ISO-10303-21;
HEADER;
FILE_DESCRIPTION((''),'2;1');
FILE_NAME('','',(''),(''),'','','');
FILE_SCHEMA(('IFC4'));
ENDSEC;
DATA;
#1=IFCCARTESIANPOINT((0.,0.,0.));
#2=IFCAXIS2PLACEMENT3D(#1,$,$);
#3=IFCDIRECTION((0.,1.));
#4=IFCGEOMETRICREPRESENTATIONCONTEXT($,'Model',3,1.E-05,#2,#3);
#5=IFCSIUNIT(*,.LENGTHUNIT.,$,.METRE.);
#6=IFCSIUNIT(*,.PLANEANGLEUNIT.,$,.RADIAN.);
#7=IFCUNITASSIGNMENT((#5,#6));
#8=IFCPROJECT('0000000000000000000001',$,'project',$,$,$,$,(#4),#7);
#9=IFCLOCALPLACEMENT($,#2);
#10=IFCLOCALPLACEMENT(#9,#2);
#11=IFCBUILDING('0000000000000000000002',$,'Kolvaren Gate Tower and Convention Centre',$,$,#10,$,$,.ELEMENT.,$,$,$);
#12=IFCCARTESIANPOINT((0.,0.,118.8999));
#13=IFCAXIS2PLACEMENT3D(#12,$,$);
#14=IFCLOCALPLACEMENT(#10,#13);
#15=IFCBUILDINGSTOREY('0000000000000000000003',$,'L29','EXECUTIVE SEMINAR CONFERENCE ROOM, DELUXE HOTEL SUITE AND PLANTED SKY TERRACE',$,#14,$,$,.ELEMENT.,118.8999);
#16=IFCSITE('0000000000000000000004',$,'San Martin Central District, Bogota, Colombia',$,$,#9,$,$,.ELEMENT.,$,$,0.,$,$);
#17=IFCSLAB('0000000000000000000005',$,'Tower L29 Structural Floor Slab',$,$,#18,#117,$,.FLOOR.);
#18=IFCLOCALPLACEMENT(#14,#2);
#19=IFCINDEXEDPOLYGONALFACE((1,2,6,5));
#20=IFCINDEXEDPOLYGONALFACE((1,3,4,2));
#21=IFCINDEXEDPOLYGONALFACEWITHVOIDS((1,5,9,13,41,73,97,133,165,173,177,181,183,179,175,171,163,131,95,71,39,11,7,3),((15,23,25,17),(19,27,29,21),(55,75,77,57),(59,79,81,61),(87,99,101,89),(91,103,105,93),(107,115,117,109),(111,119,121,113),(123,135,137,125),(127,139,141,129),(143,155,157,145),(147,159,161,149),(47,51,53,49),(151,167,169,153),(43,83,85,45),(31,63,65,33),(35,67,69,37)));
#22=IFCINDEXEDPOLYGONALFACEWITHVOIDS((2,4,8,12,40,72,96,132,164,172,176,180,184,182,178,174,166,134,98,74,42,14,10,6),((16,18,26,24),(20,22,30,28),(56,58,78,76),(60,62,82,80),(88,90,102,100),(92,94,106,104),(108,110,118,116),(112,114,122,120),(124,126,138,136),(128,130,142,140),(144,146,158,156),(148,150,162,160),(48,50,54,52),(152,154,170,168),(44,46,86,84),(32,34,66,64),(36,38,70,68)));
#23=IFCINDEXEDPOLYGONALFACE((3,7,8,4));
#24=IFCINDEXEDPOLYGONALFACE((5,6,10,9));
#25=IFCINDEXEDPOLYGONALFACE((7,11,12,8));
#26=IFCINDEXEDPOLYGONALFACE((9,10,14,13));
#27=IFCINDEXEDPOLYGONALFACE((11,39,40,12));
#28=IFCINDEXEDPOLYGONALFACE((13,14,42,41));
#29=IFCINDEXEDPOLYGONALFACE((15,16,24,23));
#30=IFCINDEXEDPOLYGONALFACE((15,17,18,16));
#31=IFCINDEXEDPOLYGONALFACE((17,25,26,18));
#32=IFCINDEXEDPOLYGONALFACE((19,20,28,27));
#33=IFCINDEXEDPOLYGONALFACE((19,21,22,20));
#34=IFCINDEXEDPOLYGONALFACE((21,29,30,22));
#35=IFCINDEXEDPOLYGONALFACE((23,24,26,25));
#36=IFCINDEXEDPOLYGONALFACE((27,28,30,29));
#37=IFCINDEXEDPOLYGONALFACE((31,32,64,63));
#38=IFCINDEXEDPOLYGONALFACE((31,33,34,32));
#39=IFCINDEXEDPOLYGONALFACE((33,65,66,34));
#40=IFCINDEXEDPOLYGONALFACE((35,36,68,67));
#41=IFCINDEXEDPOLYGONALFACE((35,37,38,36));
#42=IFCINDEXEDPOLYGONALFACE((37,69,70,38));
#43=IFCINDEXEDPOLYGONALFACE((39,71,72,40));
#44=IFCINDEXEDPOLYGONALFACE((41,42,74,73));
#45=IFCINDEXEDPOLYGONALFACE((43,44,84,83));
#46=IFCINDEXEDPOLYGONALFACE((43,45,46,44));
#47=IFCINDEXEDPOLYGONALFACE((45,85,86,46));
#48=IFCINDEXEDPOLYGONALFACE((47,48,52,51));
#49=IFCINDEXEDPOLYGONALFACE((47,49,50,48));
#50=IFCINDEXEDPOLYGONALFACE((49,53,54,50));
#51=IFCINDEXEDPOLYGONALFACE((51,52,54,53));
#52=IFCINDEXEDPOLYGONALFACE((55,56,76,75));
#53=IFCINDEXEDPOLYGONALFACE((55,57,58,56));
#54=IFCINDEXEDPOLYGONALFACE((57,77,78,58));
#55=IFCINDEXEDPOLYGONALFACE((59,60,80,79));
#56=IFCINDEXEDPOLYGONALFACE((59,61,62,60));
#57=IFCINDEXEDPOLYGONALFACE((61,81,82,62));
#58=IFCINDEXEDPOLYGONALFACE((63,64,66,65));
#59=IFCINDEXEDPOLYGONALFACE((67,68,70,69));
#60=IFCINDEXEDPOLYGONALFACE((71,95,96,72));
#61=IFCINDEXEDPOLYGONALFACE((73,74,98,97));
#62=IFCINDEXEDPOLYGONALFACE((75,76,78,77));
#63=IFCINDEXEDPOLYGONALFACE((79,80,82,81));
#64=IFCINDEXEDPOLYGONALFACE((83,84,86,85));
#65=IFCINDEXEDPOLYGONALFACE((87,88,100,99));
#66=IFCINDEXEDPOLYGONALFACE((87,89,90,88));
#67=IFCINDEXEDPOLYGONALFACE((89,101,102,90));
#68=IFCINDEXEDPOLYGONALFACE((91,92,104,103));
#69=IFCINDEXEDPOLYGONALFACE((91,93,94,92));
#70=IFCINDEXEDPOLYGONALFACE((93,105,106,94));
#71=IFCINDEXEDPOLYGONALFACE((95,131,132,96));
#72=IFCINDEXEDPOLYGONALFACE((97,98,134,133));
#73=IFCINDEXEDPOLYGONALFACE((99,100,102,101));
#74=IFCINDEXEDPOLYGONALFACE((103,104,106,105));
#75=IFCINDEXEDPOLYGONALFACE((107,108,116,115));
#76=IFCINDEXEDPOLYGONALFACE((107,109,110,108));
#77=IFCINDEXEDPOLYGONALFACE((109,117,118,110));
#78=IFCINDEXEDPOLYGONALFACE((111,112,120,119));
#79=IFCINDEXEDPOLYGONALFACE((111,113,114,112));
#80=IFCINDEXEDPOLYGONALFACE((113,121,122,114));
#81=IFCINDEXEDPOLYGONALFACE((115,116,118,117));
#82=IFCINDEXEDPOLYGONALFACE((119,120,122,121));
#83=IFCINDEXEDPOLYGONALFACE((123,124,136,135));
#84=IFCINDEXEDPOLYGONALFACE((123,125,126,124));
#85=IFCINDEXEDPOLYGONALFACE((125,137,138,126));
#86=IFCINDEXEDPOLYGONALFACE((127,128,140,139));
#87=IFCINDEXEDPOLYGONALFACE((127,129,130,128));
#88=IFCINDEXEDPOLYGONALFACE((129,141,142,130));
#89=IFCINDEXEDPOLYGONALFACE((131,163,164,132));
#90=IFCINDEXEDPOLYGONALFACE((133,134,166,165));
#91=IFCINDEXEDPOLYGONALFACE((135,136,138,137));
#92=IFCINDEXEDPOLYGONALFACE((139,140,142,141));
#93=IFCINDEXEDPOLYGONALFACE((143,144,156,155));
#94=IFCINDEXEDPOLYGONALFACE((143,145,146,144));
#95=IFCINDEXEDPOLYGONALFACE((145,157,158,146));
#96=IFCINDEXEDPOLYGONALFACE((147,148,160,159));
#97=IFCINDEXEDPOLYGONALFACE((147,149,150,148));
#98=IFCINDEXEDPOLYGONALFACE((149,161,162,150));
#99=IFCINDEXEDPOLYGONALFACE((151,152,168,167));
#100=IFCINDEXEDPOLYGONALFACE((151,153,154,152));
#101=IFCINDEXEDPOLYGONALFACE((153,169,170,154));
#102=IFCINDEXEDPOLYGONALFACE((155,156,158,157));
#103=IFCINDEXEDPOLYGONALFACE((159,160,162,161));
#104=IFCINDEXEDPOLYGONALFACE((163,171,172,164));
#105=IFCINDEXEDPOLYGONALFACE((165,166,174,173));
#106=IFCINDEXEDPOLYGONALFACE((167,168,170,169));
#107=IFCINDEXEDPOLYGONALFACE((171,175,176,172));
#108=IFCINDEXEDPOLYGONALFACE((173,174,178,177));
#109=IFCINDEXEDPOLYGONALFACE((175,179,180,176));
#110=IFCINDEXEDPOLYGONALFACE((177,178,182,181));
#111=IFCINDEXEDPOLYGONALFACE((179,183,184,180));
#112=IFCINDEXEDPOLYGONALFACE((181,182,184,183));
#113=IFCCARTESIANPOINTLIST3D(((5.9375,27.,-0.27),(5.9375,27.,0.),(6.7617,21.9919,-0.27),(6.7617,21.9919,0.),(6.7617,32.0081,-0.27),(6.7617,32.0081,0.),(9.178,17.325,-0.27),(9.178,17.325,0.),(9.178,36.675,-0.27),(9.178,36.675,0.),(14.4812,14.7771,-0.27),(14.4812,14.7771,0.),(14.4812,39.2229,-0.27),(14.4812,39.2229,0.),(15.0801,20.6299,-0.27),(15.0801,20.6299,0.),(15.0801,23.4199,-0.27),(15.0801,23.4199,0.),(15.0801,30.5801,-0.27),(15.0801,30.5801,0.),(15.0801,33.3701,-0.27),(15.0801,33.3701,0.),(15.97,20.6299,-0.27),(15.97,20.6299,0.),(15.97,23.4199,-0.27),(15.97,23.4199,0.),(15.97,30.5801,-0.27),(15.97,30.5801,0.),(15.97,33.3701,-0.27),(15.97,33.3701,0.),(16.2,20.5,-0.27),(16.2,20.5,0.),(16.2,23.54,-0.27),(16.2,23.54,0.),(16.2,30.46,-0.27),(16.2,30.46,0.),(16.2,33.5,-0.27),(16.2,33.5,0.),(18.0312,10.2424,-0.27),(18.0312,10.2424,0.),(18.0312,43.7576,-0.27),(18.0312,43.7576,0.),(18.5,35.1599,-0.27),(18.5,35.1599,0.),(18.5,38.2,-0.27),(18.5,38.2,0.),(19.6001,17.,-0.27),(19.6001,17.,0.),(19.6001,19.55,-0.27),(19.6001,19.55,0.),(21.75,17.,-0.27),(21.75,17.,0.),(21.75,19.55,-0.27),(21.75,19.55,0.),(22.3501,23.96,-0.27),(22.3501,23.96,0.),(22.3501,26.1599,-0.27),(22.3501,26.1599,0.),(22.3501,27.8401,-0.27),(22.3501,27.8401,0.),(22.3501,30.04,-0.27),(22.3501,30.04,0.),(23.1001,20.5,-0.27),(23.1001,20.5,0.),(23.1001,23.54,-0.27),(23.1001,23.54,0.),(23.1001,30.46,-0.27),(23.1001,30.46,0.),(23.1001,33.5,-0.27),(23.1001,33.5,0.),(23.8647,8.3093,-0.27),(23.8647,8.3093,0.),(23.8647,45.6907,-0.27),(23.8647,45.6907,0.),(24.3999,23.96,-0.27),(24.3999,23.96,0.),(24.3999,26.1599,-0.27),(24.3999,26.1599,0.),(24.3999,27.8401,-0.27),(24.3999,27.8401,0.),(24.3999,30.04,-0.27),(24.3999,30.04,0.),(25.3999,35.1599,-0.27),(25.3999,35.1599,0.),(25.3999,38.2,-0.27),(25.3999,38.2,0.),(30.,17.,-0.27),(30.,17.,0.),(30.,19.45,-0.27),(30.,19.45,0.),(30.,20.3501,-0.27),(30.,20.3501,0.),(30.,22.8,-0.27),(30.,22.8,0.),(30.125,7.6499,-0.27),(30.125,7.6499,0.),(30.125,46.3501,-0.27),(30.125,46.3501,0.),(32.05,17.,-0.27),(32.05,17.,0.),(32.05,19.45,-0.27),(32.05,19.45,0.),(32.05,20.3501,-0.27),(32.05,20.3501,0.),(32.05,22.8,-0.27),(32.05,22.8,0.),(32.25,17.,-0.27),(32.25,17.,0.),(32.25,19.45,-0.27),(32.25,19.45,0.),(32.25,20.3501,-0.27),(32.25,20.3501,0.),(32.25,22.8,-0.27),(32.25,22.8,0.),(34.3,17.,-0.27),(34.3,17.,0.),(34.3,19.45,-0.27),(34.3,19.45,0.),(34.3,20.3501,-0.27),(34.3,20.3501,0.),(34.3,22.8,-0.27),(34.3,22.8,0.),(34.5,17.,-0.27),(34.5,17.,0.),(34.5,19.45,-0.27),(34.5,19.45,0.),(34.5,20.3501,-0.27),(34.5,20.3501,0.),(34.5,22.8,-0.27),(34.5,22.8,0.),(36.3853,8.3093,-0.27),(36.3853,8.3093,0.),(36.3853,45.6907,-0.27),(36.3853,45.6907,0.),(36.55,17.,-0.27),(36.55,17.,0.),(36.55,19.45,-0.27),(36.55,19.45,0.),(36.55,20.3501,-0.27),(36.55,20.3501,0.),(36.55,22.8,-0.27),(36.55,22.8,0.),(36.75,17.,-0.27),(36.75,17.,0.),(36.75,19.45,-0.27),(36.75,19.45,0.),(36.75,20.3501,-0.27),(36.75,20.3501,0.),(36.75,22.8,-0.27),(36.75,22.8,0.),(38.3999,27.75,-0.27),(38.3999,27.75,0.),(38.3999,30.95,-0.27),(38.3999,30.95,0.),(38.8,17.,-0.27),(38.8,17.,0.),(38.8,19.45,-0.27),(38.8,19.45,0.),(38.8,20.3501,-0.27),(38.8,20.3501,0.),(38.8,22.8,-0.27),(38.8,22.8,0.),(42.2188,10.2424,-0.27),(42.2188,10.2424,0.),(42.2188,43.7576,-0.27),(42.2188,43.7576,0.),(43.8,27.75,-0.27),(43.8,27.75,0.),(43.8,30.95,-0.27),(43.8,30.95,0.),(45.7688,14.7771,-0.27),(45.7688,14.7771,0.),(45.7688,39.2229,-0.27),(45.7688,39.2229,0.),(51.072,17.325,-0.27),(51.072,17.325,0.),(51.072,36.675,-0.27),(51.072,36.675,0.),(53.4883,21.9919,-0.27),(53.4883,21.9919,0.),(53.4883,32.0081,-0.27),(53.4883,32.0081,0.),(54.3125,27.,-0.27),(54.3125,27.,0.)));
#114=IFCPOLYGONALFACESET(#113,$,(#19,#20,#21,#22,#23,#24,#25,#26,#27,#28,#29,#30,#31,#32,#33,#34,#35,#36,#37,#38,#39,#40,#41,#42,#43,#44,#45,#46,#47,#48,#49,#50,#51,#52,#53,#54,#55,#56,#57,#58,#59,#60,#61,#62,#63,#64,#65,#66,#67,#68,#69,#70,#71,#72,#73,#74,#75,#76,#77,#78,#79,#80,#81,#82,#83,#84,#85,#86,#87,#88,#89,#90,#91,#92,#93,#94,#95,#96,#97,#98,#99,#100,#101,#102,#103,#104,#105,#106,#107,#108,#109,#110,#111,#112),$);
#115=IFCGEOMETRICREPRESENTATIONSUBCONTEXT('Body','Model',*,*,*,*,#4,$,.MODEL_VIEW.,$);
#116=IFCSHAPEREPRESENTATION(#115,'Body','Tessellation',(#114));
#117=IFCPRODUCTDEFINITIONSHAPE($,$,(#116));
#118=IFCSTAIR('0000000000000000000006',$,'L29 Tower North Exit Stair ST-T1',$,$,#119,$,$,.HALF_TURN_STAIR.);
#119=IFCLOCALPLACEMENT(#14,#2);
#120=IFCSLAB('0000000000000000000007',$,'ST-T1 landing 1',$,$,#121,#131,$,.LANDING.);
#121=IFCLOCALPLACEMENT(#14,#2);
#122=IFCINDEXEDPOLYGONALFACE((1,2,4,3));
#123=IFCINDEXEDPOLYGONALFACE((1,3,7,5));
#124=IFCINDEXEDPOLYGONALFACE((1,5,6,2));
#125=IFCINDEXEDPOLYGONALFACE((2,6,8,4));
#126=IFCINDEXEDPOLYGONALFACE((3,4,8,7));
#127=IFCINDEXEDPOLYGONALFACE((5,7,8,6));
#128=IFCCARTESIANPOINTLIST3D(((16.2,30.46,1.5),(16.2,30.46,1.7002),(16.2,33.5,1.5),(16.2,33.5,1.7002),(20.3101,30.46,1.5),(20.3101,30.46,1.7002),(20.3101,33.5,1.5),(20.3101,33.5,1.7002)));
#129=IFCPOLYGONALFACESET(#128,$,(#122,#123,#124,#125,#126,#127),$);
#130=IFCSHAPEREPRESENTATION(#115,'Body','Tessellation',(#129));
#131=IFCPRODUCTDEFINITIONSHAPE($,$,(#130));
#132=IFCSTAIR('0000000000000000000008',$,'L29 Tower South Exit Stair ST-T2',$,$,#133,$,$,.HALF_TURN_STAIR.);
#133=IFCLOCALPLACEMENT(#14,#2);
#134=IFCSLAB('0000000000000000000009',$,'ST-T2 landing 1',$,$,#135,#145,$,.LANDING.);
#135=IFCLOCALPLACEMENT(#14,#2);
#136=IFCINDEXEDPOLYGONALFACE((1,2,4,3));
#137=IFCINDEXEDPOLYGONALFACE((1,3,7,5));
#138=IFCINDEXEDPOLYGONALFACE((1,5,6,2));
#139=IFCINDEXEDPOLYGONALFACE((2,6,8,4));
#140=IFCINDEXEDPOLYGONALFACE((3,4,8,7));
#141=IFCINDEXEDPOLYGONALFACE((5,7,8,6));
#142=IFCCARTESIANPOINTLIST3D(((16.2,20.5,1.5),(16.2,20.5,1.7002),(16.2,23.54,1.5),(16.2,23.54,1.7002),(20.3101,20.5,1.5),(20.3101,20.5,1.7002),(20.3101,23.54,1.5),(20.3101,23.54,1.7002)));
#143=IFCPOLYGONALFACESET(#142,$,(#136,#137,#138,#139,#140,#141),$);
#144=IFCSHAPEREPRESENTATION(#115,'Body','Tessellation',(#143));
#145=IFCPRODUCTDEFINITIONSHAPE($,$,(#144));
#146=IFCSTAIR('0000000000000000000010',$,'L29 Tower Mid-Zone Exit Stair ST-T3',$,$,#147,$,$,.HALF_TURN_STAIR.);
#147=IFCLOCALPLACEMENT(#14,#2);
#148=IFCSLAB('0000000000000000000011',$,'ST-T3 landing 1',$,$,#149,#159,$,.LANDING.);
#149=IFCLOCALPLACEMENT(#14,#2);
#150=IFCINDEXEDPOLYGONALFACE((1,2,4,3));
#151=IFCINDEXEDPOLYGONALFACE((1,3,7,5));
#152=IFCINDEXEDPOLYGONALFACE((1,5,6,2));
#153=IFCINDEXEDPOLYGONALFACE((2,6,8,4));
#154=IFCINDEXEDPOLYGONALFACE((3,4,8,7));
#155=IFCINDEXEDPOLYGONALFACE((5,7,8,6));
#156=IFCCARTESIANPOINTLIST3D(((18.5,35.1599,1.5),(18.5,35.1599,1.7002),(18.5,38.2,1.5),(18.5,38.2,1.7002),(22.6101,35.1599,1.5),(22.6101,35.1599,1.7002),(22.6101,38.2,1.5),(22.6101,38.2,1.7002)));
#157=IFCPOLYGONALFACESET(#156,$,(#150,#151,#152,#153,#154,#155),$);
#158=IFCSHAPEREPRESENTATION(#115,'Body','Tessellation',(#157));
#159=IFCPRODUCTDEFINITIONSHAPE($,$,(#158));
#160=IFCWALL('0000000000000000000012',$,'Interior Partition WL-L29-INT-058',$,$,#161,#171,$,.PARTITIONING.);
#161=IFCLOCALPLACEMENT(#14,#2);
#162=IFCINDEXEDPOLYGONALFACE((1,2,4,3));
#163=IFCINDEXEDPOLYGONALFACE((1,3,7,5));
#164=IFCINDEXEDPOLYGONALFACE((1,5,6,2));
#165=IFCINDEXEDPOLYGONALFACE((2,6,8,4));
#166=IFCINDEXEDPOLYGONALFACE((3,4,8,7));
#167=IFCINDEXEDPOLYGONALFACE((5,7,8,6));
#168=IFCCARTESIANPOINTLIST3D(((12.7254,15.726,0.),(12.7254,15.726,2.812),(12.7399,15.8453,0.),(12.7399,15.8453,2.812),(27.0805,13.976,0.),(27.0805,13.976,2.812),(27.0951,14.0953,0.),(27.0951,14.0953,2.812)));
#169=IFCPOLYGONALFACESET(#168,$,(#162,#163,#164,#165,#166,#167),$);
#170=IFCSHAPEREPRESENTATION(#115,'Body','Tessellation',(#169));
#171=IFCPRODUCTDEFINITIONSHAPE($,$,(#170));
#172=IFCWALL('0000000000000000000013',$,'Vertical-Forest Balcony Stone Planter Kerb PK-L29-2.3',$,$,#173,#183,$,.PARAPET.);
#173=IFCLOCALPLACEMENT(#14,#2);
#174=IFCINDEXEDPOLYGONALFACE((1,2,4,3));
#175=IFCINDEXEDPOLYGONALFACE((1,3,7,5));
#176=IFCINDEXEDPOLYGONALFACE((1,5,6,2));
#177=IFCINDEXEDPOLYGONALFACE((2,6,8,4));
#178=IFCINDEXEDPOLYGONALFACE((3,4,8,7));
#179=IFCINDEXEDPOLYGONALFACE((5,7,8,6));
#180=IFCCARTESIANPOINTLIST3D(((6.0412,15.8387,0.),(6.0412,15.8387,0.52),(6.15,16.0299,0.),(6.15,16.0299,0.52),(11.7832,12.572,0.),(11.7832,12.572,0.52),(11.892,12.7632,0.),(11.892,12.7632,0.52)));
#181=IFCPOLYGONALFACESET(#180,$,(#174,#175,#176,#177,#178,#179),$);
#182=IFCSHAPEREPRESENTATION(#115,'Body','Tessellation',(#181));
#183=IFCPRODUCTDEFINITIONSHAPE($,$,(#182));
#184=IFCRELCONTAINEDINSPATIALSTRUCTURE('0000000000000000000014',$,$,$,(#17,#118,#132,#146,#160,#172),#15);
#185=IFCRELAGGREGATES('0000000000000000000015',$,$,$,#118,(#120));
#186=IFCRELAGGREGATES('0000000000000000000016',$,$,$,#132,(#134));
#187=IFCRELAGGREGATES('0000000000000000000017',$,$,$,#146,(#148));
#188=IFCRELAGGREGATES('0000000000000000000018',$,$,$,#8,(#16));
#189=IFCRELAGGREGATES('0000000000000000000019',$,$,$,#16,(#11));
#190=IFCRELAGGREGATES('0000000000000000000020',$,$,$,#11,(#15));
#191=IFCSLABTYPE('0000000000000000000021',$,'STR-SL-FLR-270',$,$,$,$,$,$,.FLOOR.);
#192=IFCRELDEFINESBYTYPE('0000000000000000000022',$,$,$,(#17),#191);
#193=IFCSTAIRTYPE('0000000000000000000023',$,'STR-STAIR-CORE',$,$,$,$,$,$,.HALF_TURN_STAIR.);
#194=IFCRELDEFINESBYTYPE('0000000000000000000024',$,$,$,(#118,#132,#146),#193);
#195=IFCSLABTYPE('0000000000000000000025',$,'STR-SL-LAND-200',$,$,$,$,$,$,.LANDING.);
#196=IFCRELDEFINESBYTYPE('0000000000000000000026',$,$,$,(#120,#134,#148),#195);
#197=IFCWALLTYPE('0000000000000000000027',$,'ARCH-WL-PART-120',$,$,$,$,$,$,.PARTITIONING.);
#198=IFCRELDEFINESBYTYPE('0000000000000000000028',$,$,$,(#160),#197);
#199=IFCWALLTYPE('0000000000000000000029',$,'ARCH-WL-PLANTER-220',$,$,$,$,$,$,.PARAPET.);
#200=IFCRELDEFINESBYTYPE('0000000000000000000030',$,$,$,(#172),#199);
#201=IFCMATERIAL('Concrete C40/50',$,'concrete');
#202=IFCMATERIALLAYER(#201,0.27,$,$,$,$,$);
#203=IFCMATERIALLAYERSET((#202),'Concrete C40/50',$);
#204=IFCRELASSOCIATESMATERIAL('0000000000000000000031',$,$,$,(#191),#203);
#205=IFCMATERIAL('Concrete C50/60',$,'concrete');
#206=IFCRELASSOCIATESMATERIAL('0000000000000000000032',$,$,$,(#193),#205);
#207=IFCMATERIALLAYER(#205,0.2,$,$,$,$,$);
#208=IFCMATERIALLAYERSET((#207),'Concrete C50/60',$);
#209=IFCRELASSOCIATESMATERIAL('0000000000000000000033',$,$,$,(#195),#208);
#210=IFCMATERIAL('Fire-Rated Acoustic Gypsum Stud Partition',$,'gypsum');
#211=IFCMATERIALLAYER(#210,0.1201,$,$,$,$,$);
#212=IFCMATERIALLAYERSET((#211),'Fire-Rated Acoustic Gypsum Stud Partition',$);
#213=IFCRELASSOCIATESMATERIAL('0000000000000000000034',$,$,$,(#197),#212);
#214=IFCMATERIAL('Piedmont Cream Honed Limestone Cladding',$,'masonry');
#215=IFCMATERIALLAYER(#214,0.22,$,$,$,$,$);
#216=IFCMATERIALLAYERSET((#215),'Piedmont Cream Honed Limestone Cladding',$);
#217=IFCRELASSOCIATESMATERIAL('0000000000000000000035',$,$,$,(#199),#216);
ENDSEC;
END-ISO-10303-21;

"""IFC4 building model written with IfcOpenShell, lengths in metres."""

from ifc_helpers import new_model, si_unit, direction, frame, frame_2d, origin, place, context, subcontext, project, spatial, polyline, rectangle, outline, extrude, material, layer, layer_set, type_object, element, aggregate, save


model = new_model("IFC4")

# Units and contexts
model_context = context("Model", 3, precision=1e-05, world=origin(), true_north=direction((0.0, 1.0)))
body_context = subcontext(model_context, "Body", "Model", "MODEL_VIEW")
ifc_project = project(units=[si_unit("LENGTHUNIT", "METRE"), si_unit("PLANEANGLEUNIT", "RADIAN")], contexts=[model_context])

# Site, building, storey
site_placement = place(None, origin())
site = spatial("IfcSite", under=ifc_project, at=site_placement, Name="San Martin Central District, Bogota, Colombia", CompositionType="ELEMENT", RefElevation=0.0)
building_placement = place(site_placement, origin())
building = spatial("IfcBuilding", under=site, at=building_placement, Name="Kolvaren Gate Tower and Convention Centre", CompositionType="ELEMENT")
storey_placement = place(building_placement, frame((0.0, 0.0, 118.8999)))
storey = spatial("IfcBuildingStorey", under=building, at=storey_placement, Name="L29", Description="EXECUTIVE SEMINAR CONFERENCE ROOM, DELUXE HOTEL SUITE AND PLANTED SKY TERRACE", CompositionType="ELEMENT", Elevation=118.8999)

# Slab
ifc_material_1 = material(Name="Concrete C50/60", Category="concrete")
ifc_material_2 = material(Name="Concrete C40/50", Category="concrete")
ifc_layer_1 = layer(ifc_material_2, 0.27)
ifc_layer_set_1 = layer_set([ifc_layer_1], Name="Concrete C40/50")
slab_type_1 = type_object("IfcSlabType", Name="STR-SL-FLR-270", PredefinedType="FLOOR", material=ifc_layer_set_1)
slab_1_placement = place(storey_placement, frame((0.0, 0.0, -0.27)))
element("IfcSlab", 1, at=slab_1_placement, inside=storey, type_object=slab_type_1, Name="Tower L29 Structural Floor Slab", PredefinedType="FLOOR", context=body_context, shape_type="SweptSolid", body=[
    extrude(outline(polyline([(54.3125, 27.0), (53.4883, 32.0081), (51.072, 36.675), (45.7688, 39.2229), (42.2188, 43.7576), (36.3853, 45.6907), (30.125, 46.3501), (23.8647, 45.6907), (18.0312, 43.7576), (14.4812, 39.2229), (9.178, 36.675), (6.7617, 32.0081), (5.9375, 27.0), (6.7617, 21.9919), (9.178, 17.325), (14.4812, 14.7771), (18.0312, 10.2424), (23.8647, 8.3093), (30.125, 7.6499), (36.3853, 8.3093), (42.2188, 10.2424), (45.7688, 14.7771), (51.072, 17.325), (53.4883, 21.9919), (54.3125, 27.0)]), holes=[polyline([(38.3999, 30.95), (43.8, 30.95), (43.8, 27.75), (38.3999, 27.75), (38.3999, 30.95)]), polyline([(36.75, 22.8), (38.8, 22.8), (38.8, 20.3501), (36.75, 20.3501), (36.75, 22.8)]), polyline([(36.75, 17.0), (36.75, 19.45), (38.8, 19.45), (38.8, 17.0), (36.75, 17.0)]), polyline([(34.5, 20.3501), (34.5, 22.8), (36.55, 22.8), (36.55, 20.3501), (34.5, 20.3501)]), polyline([(34.5, 17.0), (34.5, 19.45), (36.55, 19.45), (36.55, 17.0), (34.5, 17.0)]), polyline([(32.25, 20.3501), (32.25, 22.8), (34.3, 22.8), (34.3, 20.3501), (32.25, 20.3501)]), polyline([(32.25, 17.0), (32.25, 19.45), (34.3, 19.45), (34.3, 17.0), (32.25, 17.0)]), polyline([(30.0, 17.0), (30.0, 19.45), (32.05, 19.45), (32.05, 17.0), (30.0, 17.0)]), polyline([(30.0, 20.3501), (30.0, 22.8), (32.05, 22.8), (32.05, 20.3501), (30.0, 20.3501)]), polyline([(25.3999, 38.2), (25.3999, 35.1599), (18.5, 35.1599), (18.5, 38.2), (25.3999, 38.2)]), polyline([(22.3501, 27.8401), (22.3501, 30.04), (24.3999, 30.04), (24.3999, 27.8401), (22.3501, 27.8401)]), polyline([(22.3501, 23.96), (22.3501, 26.1599), (24.3999, 26.1599), (24.3999, 23.96), (22.3501, 23.96)]), polyline([(23.1001, 33.5), (23.1001, 30.46), (16.2, 30.46), (16.2, 33.5), (23.1001, 33.5)]), polyline([(23.1001, 23.54), (23.1001, 20.5), (16.2, 20.5), (16.2, 23.54), (23.1001, 23.54)]), polyline([(19.6001, 17.0), (19.6001, 19.55), (21.75, 19.55), (21.75, 17.0), (19.6001, 17.0)]), polyline([(15.0801, 20.6299), (15.0801, 23.4199), (15.97, 23.4199), (15.97, 20.6299), (15.0801, 20.6299)]), polyline([(15.0801, 30.5801), (15.0801, 33.3701), (15.97, 33.3701), (15.97, 30.5801), (15.0801, 30.5801)])]), origin(), (0.0, 0.0, 1.0), 0.27),
])

# Stairs, slabs
stair_type = type_object("IfcStairType", Name="STR-STAIR-CORE", PredefinedType="HALF_TURN_STAIR", material=ifc_material_1)
stair_1_placement = place(storey_placement, origin())
stair_1 = element("IfcStair", 2, at=stair_1_placement, inside=storey, type_object=stair_type, Name="L29 Tower North Exit Stair ST-T1", PredefinedType="HALF_TURN_STAIR")
ifc_layer_2 = layer(ifc_material_1, 0.2)
ifc_layer_set_2 = layer_set([ifc_layer_2], Name="Concrete C50/60")
slab_type_2 = type_object("IfcSlabType", Name="STR-SL-LAND-200", PredefinedType="LANDING", material=ifc_layer_set_2)
slab_2_placement = place(storey_placement, frame((0.0, 0.0, 1.5)))
slab_2 = element("IfcSlab", 3, at=slab_2_placement, type_object=slab_type_2, Name="ST-T1 landing 1", PredefinedType="LANDING", context=body_context, shape_type="SweptSolid", body=[
    extrude(outline(polyline([(20.3101, 33.5), (16.2, 33.5), (16.2, 30.46), (20.3101, 30.46), (20.3101, 33.5)])), origin(), (0.0, 0.0, 1.0), 0.2002),
])
aggregate(stair_1, [slab_2])
stair_2_placement = place(storey_placement, origin())
stair_2 = element("IfcStair", 4, at=stair_2_placement, inside=storey, type_object=stair_type, Name="L29 Tower South Exit Stair ST-T2", PredefinedType="HALF_TURN_STAIR")
slab_3_placement = place(storey_placement, frame((0.0, 0.0, 1.5)))
slab_3 = element("IfcSlab", 5, at=slab_3_placement, type_object=slab_type_2, Name="ST-T2 landing 1", PredefinedType="LANDING", context=body_context, shape_type="SweptSolid", body=[
    extrude(outline(polyline([(20.3101, 23.54), (16.2, 23.54), (16.2, 20.5), (20.3101, 20.5), (20.3101, 23.54)])), origin(), (0.0, 0.0, 1.0), 0.2002),
])
aggregate(stair_2, [slab_3])
stair_3_placement = place(storey_placement, origin())
stair_3 = element("IfcStair", 6, at=stair_3_placement, inside=storey, type_object=stair_type, Name="L29 Tower Mid-Zone Exit Stair ST-T3", PredefinedType="HALF_TURN_STAIR")
slab_4_placement = place(storey_placement, frame((0.0, 0.0, 1.5)))
slab_4 = element("IfcSlab", 7, at=slab_4_placement, type_object=slab_type_2, Name="ST-T3 landing 1", PredefinedType="LANDING", context=body_context, shape_type="SweptSolid", body=[
    extrude(outline(polyline([(22.6101, 38.2), (18.5, 38.2), (18.5, 35.1599), (22.6101, 35.1599), (22.6101, 38.2)])), origin(), (0.0, 0.0, 1.0), 0.2002),
])
aggregate(stair_3, [slab_4])

# Walls
ifc_material_3 = material(Name="Fire-Rated Acoustic Gypsum Stud Partition", Category="gypsum")
ifc_layer_3 = layer(ifc_material_3, 0.1201)
ifc_layer_set_3 = layer_set([ifc_layer_3], Name="Fire-Rated Acoustic Gypsum Stud Partition")
wall_type_1 = type_object("IfcWallType", Name="ARCH-WL-PART-120", PredefinedType="PARTITIONING", material=ifc_layer_set_3)
wall_1_placement = place(storey_placement, frame((12.7327, 15.7856, 0.0), z_axis=(0.0, 0.0, 1.0), x_axis=(0.992651, -0.121011, 0.0)))
element("IfcWall", 8, at=wall_1_placement, inside=storey, type_object=wall_type_1, Name="Interior Partition WL-L29-INT-058", PredefinedType="PARTITIONING", context=body_context, shape_type="SweptSolid", body=[
    extrude(rectangle(XDim=14.4614, YDim=0.1201, at=frame_2d((7.2307, 0.0))), origin(), (0.0, 0.0, 1.0), 2.812),
])
ifc_material_4 = material(Name="Piedmont Cream Honed Limestone Cladding", Category="masonry")
ifc_layer_4 = layer(ifc_material_4, 0.22)
ifc_layer_set_4 = layer_set([ifc_layer_4], Name="Piedmont Cream Honed Limestone Cladding")
wall_type_2 = type_object("IfcWallType", Name="ARCH-WL-PLANTER-220", PredefinedType="PARAPET", material=ifc_layer_set_4)
wall_2_placement = place(storey_placement, frame((6.0955, 15.9343, 0.0), z_axis=(0.0, 0.0, 1.0), x_axis=(0.869188, -0.494482, 0.0)))
element("IfcWall", 9, at=wall_2_placement, inside=storey, type_object=wall_type_2, Name="Vertical-Forest Balcony Stone Planter Kerb PK-L29-2.3", PredefinedType="PARAPET", context=body_context, shape_type="SweptSolid", body=[
    extrude(rectangle(XDim=6.6062, YDim=0.22, at=frame_2d((3.3032, 0.0))), origin(), (0.0, 0.0, 1.0), 0.52),
])

save(model, "model.ifc")
